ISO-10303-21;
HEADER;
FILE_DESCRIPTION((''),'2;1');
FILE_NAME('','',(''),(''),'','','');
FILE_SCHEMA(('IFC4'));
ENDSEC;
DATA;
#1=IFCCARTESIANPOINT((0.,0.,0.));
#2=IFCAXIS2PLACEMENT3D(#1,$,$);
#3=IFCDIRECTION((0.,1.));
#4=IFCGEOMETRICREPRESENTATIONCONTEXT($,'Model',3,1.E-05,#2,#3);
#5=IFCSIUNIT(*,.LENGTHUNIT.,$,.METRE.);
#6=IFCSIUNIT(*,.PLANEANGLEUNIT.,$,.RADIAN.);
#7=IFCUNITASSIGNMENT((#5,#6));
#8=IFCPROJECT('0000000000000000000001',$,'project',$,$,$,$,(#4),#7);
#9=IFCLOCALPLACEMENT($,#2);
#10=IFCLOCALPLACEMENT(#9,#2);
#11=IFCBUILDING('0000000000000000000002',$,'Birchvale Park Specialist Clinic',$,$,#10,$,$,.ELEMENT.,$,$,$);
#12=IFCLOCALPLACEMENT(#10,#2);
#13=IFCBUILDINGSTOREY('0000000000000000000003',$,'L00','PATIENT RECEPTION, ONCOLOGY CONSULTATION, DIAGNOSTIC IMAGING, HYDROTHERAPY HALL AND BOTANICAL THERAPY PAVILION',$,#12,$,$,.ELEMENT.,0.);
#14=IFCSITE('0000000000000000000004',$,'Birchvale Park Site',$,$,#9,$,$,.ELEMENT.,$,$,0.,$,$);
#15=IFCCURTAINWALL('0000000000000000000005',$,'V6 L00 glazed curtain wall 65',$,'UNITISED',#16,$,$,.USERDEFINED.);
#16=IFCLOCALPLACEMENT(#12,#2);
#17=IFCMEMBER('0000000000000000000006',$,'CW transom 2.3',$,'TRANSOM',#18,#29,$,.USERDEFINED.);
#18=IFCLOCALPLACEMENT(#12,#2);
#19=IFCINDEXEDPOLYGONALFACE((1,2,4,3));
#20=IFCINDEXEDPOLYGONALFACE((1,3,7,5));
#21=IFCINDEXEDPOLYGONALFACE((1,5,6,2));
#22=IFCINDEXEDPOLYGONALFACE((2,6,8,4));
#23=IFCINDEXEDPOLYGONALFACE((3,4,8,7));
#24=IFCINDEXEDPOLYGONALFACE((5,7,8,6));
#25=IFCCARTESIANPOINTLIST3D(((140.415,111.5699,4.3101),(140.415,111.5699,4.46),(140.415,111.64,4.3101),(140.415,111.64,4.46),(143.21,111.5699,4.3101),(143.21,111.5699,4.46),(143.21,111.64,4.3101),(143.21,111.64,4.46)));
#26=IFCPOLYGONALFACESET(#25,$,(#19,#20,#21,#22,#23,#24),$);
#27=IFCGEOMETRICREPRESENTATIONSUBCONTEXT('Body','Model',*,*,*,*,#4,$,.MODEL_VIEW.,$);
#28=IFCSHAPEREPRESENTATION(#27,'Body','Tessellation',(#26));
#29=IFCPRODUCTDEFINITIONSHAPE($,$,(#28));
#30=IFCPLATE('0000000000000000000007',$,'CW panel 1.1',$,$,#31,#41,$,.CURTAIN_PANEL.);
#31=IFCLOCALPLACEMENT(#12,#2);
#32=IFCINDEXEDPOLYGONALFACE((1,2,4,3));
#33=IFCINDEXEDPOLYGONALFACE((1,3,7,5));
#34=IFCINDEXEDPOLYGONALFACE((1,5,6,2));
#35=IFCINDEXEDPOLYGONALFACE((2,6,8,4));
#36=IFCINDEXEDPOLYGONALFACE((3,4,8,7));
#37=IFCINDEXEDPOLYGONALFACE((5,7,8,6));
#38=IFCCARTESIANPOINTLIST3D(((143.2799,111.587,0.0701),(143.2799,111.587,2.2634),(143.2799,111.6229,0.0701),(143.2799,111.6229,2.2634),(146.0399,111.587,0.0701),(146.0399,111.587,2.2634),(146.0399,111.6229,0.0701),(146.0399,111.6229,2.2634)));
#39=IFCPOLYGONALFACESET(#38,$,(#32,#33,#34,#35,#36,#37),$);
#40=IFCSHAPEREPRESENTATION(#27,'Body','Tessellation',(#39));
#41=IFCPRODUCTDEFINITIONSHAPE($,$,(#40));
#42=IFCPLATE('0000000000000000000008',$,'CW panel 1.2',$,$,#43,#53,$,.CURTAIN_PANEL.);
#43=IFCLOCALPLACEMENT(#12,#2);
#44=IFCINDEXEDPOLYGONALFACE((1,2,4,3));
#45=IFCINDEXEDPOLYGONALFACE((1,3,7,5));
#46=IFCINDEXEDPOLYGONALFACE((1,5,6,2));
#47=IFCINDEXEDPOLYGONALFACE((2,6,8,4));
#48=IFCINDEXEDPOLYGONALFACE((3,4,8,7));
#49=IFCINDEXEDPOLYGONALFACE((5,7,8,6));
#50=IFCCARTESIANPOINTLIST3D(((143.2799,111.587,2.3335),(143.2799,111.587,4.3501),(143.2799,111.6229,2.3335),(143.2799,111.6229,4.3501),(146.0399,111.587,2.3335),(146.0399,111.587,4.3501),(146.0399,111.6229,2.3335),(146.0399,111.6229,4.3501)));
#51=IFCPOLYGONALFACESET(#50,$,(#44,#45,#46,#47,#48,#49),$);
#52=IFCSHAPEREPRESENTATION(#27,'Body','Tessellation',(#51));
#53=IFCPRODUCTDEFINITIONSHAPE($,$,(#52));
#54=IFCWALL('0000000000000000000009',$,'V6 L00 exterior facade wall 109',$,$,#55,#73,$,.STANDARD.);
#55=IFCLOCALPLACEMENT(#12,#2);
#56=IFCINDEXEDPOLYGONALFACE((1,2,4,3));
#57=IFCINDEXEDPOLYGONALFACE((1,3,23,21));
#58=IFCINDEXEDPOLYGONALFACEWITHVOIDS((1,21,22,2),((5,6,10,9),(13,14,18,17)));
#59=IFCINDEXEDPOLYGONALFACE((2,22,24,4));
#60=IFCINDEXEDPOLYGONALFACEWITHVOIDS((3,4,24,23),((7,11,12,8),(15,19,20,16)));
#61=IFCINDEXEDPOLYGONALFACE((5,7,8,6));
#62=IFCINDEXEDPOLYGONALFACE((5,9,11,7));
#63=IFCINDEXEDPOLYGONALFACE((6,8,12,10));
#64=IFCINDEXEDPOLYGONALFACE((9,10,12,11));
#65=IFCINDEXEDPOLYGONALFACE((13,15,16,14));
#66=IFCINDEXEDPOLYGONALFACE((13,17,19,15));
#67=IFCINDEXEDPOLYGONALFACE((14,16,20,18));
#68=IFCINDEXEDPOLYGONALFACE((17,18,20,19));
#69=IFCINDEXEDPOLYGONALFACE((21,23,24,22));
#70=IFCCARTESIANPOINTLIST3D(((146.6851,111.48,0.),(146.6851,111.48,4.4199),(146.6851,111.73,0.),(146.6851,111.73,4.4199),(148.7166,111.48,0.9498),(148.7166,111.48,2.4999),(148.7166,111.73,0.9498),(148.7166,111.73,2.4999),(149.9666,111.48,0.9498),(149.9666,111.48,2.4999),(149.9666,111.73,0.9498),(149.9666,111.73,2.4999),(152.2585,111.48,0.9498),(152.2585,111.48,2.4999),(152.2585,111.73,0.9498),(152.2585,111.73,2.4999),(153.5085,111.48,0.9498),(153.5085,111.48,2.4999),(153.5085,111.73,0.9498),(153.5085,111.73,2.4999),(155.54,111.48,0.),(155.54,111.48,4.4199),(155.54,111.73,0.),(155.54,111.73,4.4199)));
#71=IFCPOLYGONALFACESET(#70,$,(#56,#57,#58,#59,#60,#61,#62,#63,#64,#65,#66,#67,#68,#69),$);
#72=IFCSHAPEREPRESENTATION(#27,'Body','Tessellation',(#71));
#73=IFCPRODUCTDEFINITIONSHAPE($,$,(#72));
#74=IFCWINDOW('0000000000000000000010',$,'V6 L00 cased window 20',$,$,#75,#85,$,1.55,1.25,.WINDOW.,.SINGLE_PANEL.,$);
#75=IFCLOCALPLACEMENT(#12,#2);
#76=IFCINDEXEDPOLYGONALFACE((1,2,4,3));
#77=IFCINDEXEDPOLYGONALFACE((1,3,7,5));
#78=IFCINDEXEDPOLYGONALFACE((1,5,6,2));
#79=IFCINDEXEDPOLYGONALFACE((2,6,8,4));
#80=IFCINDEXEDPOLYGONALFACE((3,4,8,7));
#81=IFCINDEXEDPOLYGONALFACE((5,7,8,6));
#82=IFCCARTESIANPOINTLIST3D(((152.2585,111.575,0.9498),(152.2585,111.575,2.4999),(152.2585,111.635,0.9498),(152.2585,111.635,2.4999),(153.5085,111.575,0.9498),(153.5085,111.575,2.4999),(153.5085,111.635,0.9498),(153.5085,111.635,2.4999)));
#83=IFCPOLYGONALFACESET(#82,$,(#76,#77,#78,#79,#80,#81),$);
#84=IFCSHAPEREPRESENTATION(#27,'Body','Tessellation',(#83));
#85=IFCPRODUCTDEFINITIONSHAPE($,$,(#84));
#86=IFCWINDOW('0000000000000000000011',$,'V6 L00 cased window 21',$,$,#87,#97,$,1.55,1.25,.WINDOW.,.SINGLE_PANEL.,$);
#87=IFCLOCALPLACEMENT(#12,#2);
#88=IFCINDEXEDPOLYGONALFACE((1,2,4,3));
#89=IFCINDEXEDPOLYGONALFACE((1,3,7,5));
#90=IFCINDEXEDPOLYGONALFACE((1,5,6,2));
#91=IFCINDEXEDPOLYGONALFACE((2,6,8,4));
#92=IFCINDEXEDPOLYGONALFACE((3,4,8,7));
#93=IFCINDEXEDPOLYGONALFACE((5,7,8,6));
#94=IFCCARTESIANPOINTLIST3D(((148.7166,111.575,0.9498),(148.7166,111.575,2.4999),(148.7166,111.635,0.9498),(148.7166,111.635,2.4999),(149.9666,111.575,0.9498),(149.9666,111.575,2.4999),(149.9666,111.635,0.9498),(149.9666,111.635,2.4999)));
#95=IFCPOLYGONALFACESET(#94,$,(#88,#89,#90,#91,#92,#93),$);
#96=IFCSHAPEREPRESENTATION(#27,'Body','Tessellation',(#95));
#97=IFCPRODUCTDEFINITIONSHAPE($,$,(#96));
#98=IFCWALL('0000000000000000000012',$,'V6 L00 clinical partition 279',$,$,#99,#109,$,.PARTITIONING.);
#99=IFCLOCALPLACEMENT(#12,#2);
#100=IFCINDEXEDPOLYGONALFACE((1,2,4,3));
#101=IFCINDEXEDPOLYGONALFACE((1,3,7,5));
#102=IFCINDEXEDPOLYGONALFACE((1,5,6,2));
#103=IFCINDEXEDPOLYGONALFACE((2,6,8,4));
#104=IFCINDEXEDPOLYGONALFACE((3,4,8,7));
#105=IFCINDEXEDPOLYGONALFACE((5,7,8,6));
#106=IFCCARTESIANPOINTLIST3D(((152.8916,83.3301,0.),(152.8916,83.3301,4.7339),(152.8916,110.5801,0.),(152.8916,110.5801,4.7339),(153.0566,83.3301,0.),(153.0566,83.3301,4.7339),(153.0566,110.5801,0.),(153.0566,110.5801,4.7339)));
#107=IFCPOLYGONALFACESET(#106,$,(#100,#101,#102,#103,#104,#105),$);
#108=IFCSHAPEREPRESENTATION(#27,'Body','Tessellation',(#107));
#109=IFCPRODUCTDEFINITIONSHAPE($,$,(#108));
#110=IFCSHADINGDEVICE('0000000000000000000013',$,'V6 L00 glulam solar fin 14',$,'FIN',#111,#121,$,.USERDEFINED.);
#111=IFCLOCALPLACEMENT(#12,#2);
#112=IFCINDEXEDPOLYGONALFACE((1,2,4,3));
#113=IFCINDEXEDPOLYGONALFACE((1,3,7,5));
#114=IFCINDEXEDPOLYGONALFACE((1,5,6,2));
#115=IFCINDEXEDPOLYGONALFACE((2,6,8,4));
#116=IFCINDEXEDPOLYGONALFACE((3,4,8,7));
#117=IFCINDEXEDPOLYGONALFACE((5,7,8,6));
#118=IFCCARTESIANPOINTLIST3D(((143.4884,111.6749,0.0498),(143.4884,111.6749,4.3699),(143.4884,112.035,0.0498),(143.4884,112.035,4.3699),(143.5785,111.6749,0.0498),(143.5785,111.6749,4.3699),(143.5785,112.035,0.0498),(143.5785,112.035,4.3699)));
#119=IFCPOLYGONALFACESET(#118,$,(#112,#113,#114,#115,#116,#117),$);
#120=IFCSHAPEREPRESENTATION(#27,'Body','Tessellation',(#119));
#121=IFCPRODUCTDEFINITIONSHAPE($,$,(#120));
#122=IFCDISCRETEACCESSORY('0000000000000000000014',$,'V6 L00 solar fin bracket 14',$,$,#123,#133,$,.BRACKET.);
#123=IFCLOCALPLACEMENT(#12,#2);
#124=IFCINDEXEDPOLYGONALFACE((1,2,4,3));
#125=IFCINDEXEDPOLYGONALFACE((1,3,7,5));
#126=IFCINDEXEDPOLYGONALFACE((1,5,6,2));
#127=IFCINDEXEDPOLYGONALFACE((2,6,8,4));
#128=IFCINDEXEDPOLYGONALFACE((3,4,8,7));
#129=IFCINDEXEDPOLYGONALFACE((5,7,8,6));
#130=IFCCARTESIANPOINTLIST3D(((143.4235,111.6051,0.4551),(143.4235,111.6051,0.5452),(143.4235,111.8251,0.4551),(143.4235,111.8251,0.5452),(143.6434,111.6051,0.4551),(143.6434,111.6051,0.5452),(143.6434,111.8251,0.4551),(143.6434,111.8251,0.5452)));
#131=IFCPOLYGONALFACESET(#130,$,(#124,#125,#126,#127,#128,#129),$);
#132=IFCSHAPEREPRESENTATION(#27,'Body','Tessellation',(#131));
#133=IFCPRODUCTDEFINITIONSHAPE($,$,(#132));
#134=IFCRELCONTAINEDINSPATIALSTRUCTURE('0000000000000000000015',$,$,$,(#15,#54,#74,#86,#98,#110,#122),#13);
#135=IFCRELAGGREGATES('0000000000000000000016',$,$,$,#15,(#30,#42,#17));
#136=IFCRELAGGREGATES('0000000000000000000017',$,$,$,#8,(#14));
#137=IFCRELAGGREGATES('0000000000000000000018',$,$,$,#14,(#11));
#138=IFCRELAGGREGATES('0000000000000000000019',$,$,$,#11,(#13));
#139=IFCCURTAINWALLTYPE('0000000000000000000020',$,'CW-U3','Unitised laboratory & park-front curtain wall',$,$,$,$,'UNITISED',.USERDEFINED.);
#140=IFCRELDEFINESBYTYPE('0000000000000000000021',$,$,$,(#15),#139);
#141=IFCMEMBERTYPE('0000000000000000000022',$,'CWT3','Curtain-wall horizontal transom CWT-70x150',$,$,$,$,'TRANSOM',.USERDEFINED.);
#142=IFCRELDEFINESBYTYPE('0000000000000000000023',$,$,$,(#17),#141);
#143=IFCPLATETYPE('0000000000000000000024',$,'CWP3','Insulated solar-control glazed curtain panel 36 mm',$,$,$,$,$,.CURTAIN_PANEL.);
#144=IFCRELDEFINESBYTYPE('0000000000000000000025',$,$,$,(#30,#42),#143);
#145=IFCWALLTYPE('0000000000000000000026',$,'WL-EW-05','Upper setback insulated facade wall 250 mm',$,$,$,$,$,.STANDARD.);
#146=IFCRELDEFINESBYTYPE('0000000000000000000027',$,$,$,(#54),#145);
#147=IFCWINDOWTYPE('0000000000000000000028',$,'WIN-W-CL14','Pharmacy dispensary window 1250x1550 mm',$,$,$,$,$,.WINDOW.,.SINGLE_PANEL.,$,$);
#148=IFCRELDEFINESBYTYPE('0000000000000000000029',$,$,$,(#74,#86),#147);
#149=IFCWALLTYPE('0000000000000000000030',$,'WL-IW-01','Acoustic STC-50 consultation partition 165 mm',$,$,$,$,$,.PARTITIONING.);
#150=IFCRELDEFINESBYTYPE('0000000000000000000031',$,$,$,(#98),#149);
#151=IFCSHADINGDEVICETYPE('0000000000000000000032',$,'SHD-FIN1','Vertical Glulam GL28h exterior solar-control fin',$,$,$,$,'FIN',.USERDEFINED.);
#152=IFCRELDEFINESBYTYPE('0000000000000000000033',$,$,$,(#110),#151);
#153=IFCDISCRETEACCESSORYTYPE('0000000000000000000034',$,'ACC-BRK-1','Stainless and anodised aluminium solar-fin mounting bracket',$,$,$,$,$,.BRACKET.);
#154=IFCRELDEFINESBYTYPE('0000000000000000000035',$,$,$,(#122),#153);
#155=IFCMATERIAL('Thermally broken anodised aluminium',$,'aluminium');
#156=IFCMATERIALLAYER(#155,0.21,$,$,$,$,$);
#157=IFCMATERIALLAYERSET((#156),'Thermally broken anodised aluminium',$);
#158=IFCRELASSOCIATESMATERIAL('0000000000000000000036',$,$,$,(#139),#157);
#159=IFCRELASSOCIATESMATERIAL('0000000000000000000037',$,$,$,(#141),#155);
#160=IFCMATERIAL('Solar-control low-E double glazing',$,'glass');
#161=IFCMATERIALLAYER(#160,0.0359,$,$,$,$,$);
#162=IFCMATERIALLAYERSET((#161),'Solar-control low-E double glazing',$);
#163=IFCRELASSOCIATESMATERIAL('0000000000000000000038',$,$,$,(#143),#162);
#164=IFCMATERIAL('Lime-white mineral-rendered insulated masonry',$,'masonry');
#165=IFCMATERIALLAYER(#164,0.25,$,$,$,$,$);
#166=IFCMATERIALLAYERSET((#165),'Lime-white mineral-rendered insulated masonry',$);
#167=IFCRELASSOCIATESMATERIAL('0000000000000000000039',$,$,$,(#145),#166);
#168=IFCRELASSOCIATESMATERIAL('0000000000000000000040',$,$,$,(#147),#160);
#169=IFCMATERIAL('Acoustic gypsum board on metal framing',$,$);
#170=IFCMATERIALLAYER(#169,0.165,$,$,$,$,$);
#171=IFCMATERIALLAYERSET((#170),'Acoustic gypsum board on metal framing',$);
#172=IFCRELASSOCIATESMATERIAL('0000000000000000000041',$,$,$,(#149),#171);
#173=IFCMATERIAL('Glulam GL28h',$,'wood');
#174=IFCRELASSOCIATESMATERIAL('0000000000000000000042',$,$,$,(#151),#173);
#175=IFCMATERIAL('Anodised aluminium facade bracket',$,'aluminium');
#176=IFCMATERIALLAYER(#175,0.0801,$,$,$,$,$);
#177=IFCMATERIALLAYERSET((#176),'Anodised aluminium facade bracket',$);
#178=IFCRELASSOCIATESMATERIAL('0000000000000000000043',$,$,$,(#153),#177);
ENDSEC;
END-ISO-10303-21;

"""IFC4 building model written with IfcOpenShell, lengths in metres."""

from ifc_helpers import new_model, si_unit, direction, frame, frame_2d, origin, origin_2d, place, context, subcontext, project, spatial, rectangle, extrude, material, layer, layer_set, material_profile, profile_set, type_object, element, fill, aggregate, save


model = new_model("IFC4")

# Units and contexts
model_context = context("Model", 3, precision=1e-05, world=origin(), true_north=direction((0.0, 1.0)))
body_context = subcontext(model_context, "Body", "Model", "MODEL_VIEW")
ifc_project = project(units=[si_unit("LENGTHUNIT", "METRE"), si_unit("PLANEANGLEUNIT", "RADIAN")], contexts=[model_context])

# Site, building, storey
site_placement = place(None, origin())
site = spatial("IfcSite", under=ifc_project, at=site_placement, Name="Birchvale Park Site", CompositionType="ELEMENT", RefElevation=0.0)
building_placement = place(site_placement, origin())
building = spatial("IfcBuilding", under=site, at=building_placement, Name="Birchvale Park Specialist Clinic", CompositionType="ELEMENT")
storey_placement = place(building_placement, origin())
storey = spatial("IfcBuildingStorey", under=building, at=storey_placement, Name="L00", Description="PATIENT RECEPTION, ONCOLOGY CONSULTATION, DIAGNOSTIC IMAGING, HYDROTHERAPY HALL AND BOTANICAL THERAPY PAVILION", CompositionType="ELEMENT", Elevation=0.0)

# Curtain wall, member, plates
ifc_material_1 = material(Name="Thermally broken anodised aluminium", Category="aluminium")
ifc_layer_1 = layer(ifc_material_1, 0.21)
ifc_layer_set_1 = layer_set([ifc_layer_1], Name="Thermally broken anodised aluminium")
curtain_wall_type = type_object("IfcCurtainWallType", Name="CW-U3", Description="Unitised laboratory & park-front curtain wall", ElementType="UNITISED", PredefinedType="USERDEFINED", material=ifc_layer_set_1)
curtain_wall_placement = place(storey_placement, origin())
curtain_wall = element("IfcCurtainWall", 1, at=curtain_wall_placement, inside=storey, type_object=curtain_wall_type, Name="V6 L00 glazed curtain wall 65", ObjectType="UNITISED", PredefinedType="USERDEFINED")
ifc_material_profile_1 = material_profile(ifc_material_1, rectangle(XDim=0.0701, YDim=0.1499, at=origin_2d()), Name="CWT-70x150")
ifc_profile_set_1 = profile_set([ifc_material_profile_1], Name="Thermally broken anodised aluminium")
member_type_1 = type_object("IfcMemberType", Name="CWT3", Description="Curtain-wall horizontal transom CWT-70x150", ElementType="TRANSOM", PredefinedType="USERDEFINED", material=ifc_profile_set_1)
member_1_placement = place(storey_placement, frame((143.21, 111.605, 4.385), z_axis=(-1.0, 0.0, 0.0), x_axis=(0.0, -1.0, 0.0)))
member_1 = element("IfcMember", 2, at=member_1_placement, type_object=member_type_1, Name="CW transom 2.3", ObjectType="TRANSOM", PredefinedType="USERDEFINED", context=body_context, shape_type="SweptSolid", body=[
    extrude(rectangle(XDim=0.0701, YDim=0.1499, at=origin_2d()), origin(), (0.0, 0.0, 1.0), 2.7949),
])
ifc_material_2 = material(Name="Solar-control low-E double glazing", Category="glass")
ifc_layer_2 = layer(ifc_material_2, 0.0359)
ifc_layer_set_2 = layer_set([ifc_layer_2], Name="Solar-control low-E double glazing")
plate_type = type_object("IfcPlateType", Name="CWP3", Description="Insulated solar-control glazed curtain panel 36 mm", PredefinedType="CURTAIN_PANEL", material=ifc_layer_set_2)
plate_1_placement = place(storey_placement, frame((144.6599, 111.605, 0.0701), z_axis=(0.0, 0.0, 1.0), x_axis=(-1.0, 0.0, 0.0)))
plate_1 = element("IfcPlate", 3, at=plate_1_placement, type_object=plate_type, Name="CW panel 1.1", PredefinedType="CURTAIN_PANEL", context=body_context, shape_type="SweptSolid", body=[
    extrude(rectangle(XDim=2.76, YDim=0.0359, at=origin_2d()), origin(), (0.0, 0.0, 1.0), 2.1934),
])
plate_2_placement = place(storey_placement, frame((144.6599, 111.605, 2.3335), z_axis=(0.0, 0.0, 1.0), x_axis=(-1.0, 0.0, 0.0)))
plate_2 = element("IfcPlate", 4, at=plate_2_placement, type_object=plate_type, Name="CW panel 1.2", PredefinedType="CURTAIN_PANEL", context=body_context, shape_type="SweptSolid", body=[
    extrude(rectangle(XDim=2.76, YDim=0.0359, at=origin_2d()), origin(), (0.0, 0.0, 1.0), 2.0166),
])
aggregate(curtain_wall, [plate_1, plate_2, member_1])

# Wall, openings, windows
ifc_material_3 = material(Name="Lime-white mineral-rendered insulated masonry", Category="masonry")
ifc_layer_3 = layer(ifc_material_3, 0.25)
ifc_layer_set_3 = layer_set([ifc_layer_3], Name="Lime-white mineral-rendered insulated masonry")
wall_type_1 = type_object("IfcWallType", Name="WL-EW-05", Description="Upper setback insulated facade wall 250 mm", PredefinedType="STANDARD", material=ifc_layer_set_3)
wall_1_placement = place(storey_placement, frame((155.54, 111.605, 0.0), z_axis=(0.0, 0.0, 1.0), x_axis=(-1.0, 0.0, 0.0)))
wall_1 = element("IfcWall", 5, at=wall_1_placement, inside=storey, type_object=wall_type_1, Name="V6 L00 exterior facade wall 109", PredefinedType="STANDARD", context=body_context, shape_type="SweptSolid", body=[
    extrude(rectangle(XDim=8.855, YDim=0.25, at=frame_2d((4.4275, 0.0))), origin(), (0.0, 0.0, 1.0), 4.4199),
])
opening_1_placement = place(wall_1_placement, frame((2.0315, 0.0, 0.95)))
opening_1 = element("IfcOpeningElement", 6, at=opening_1_placement, cuts=wall_1, PredefinedType="OPENING", context=body_context, shape_type="SweptSolid", body=[
    extrude(rectangle(XDim=1.25, YDim=1.55, at=frame_2d((0.625, 0.7749))), frame((0.0, 0.135, 0.0), z_axis=(0.0, -1.0, 0.0), x_axis=(1.0, 0.0, 0.0)), (0.0, 0.0, 1.0), 0.27),
])
opening_2_placement = place(wall_1_placement, frame((5.5735, 0.0, 0.95)))
opening_2 = element("IfcOpeningElement", 7, at=opening_2_placement, cuts=wall_1, PredefinedType="OPENING", context=body_context, shape_type="SweptSolid", body=[
    extrude(rectangle(XDim=1.25, YDim=1.55, at=frame_2d((0.625, 0.7749))), frame((0.0, 0.135, 0.0), z_axis=(0.0, -1.0, 0.0), x_axis=(1.0, 0.0, 0.0)), (0.0, 0.0, 1.0), 0.27),
])
window_type = type_object("IfcWindowType", Name="WIN-W-CL14", Description="Pharmacy dispensary window 1250x1550 mm", PartitioningType="SINGLE_PANEL", PredefinedType="WINDOW", material=ifc_material_2)
window_1_placement = place(opening_1_placement, origin())
window_1 = element("IfcWindow", 8, at=window_1_placement, inside=storey, type_object=window_type, Name="V6 L00 cased window 20", OverallHeight=1.55, OverallWidth=1.25, PartitioningType="SINGLE_PANEL", PredefinedType="WINDOW", context=body_context, shape_type="SweptSolid", body=[
    extrude(rectangle(XDim=1.25, YDim=1.55, at=frame_2d((0.625, 0.7749))), frame((0.0, 0.03, 0.0), z_axis=(0.0, -1.0, 0.0), x_axis=(1.0, 0.0, 0.0)), (0.0, 0.0, 1.0), 0.0601),
])
fill(opening_1, window_1)
window_2_placement = place(opening_2_placement, origin())
window_2 = element("IfcWindow", 9, at=window_2_placement, inside=storey, type_object=window_type, Name="V6 L00 cased window 21", OverallHeight=1.55, OverallWidth=1.25, PartitioningType="SINGLE_PANEL", PredefinedType="WINDOW", context=body_context, shape_type="SweptSolid", body=[
    extrude(rectangle(XDim=1.25, YDim=1.55, at=frame_2d((0.625, 0.7749))), frame((0.0, 0.03, 0.0), z_axis=(0.0, -1.0, 0.0), x_axis=(1.0, 0.0, 0.0)), (0.0, 0.0, 1.0), 0.0601),
])
fill(opening_2, window_2)

# Wall
ifc_material_4 = material(Name="Acoustic gypsum board on metal framing")
ifc_layer_4 = layer(ifc_material_4, 0.165)
ifc_layer_set_4 = layer_set([ifc_layer_4], Name="Acoustic gypsum board on metal framing")
wall_type_2 = type_object("IfcWallType", Name="WL-IW-01", Description="Acoustic STC-50 consultation partition 165 mm", PredefinedType="PARTITIONING", material=ifc_layer_set_4)
wall_2_placement = place(storey_placement, frame((152.9741, 110.5801, 0.0), z_axis=(0.0, 0.0, 1.0), x_axis=(0.0, -1.0, 0.0)))
element("IfcWall", 10, at=wall_2_placement, inside=storey, type_object=wall_type_2, Name="V6 L00 clinical partition 279", PredefinedType="PARTITIONING", context=body_context, shape_type="SweptSolid", body=[
    extrude(rectangle(XDim=27.25, YDim=0.165, at=frame_2d((13.625, 0.0))), origin(), (0.0, 0.0, 1.0), 4.7339),
])

# Shading device
ifc_material_5 = material(Name="Glulam GL28h", Category="wood")
shading_device_type = type_object("IfcShadingDeviceType", Name="SHD-FIN1", Description="Vertical Glulam GL28h exterior solar-control fin", ElementType="FIN", PredefinedType="USERDEFINED", material=ifc_material_5)
shading_device_placement = place(storey_placement, frame((143.5334, 111.855, 0.0498), z_axis=(0.0, 0.0, 1.0), x_axis=(0.0, 1.0, 0.0)))
element("IfcShadingDevice", 11, at=shading_device_placement, inside=storey, type_object=shading_device_type, Name="V6 L00 glulam solar fin 14", ObjectType="FIN", PredefinedType="USERDEFINED", context=body_context, shape_type="SweptSolid", body=[
    extrude(rectangle(XDim=0.3601, YDim=0.0901, at=origin_2d()), origin(), (0.0, 0.0, 1.0), 4.3201),
])

# Discrete accessory
ifc_material_6 = material(Name="Anodised aluminium facade bracket", Category="aluminium")
ifc_layer_5 = layer(ifc_material_6, 0.0801)
ifc_layer_set_5 = layer_set([ifc_layer_5], Name="Anodised aluminium facade bracket")
discrete_accessory_type = type_object("IfcDiscreteAccessoryType", Name="ACC-BRK-1", Description="Stainless and anodised aluminium solar-fin mounting bracket", PredefinedType="BRACKET", material=ifc_layer_set_5)
discrete_accessory_placement = place(storey_placement, frame((143.5334, 111.7151, 0.4551), z_axis=(0.0, 0.0, 1.0), x_axis=(0.0, 1.0, 0.0)))
element("IfcDiscreteAccessory", 12, at=discrete_accessory_placement, inside=storey, type_object=discrete_accessory_type, Name="V6 L00 solar fin bracket 14", PredefinedType="BRACKET", context=body_context, shape_type="SweptSolid", body=[
    extrude(rectangle(XDim=0.22, YDim=0.22, at=origin_2d()), origin(), (0.0, 0.0, 1.0), 0.0901),
])

save(model, "model.ifc")
